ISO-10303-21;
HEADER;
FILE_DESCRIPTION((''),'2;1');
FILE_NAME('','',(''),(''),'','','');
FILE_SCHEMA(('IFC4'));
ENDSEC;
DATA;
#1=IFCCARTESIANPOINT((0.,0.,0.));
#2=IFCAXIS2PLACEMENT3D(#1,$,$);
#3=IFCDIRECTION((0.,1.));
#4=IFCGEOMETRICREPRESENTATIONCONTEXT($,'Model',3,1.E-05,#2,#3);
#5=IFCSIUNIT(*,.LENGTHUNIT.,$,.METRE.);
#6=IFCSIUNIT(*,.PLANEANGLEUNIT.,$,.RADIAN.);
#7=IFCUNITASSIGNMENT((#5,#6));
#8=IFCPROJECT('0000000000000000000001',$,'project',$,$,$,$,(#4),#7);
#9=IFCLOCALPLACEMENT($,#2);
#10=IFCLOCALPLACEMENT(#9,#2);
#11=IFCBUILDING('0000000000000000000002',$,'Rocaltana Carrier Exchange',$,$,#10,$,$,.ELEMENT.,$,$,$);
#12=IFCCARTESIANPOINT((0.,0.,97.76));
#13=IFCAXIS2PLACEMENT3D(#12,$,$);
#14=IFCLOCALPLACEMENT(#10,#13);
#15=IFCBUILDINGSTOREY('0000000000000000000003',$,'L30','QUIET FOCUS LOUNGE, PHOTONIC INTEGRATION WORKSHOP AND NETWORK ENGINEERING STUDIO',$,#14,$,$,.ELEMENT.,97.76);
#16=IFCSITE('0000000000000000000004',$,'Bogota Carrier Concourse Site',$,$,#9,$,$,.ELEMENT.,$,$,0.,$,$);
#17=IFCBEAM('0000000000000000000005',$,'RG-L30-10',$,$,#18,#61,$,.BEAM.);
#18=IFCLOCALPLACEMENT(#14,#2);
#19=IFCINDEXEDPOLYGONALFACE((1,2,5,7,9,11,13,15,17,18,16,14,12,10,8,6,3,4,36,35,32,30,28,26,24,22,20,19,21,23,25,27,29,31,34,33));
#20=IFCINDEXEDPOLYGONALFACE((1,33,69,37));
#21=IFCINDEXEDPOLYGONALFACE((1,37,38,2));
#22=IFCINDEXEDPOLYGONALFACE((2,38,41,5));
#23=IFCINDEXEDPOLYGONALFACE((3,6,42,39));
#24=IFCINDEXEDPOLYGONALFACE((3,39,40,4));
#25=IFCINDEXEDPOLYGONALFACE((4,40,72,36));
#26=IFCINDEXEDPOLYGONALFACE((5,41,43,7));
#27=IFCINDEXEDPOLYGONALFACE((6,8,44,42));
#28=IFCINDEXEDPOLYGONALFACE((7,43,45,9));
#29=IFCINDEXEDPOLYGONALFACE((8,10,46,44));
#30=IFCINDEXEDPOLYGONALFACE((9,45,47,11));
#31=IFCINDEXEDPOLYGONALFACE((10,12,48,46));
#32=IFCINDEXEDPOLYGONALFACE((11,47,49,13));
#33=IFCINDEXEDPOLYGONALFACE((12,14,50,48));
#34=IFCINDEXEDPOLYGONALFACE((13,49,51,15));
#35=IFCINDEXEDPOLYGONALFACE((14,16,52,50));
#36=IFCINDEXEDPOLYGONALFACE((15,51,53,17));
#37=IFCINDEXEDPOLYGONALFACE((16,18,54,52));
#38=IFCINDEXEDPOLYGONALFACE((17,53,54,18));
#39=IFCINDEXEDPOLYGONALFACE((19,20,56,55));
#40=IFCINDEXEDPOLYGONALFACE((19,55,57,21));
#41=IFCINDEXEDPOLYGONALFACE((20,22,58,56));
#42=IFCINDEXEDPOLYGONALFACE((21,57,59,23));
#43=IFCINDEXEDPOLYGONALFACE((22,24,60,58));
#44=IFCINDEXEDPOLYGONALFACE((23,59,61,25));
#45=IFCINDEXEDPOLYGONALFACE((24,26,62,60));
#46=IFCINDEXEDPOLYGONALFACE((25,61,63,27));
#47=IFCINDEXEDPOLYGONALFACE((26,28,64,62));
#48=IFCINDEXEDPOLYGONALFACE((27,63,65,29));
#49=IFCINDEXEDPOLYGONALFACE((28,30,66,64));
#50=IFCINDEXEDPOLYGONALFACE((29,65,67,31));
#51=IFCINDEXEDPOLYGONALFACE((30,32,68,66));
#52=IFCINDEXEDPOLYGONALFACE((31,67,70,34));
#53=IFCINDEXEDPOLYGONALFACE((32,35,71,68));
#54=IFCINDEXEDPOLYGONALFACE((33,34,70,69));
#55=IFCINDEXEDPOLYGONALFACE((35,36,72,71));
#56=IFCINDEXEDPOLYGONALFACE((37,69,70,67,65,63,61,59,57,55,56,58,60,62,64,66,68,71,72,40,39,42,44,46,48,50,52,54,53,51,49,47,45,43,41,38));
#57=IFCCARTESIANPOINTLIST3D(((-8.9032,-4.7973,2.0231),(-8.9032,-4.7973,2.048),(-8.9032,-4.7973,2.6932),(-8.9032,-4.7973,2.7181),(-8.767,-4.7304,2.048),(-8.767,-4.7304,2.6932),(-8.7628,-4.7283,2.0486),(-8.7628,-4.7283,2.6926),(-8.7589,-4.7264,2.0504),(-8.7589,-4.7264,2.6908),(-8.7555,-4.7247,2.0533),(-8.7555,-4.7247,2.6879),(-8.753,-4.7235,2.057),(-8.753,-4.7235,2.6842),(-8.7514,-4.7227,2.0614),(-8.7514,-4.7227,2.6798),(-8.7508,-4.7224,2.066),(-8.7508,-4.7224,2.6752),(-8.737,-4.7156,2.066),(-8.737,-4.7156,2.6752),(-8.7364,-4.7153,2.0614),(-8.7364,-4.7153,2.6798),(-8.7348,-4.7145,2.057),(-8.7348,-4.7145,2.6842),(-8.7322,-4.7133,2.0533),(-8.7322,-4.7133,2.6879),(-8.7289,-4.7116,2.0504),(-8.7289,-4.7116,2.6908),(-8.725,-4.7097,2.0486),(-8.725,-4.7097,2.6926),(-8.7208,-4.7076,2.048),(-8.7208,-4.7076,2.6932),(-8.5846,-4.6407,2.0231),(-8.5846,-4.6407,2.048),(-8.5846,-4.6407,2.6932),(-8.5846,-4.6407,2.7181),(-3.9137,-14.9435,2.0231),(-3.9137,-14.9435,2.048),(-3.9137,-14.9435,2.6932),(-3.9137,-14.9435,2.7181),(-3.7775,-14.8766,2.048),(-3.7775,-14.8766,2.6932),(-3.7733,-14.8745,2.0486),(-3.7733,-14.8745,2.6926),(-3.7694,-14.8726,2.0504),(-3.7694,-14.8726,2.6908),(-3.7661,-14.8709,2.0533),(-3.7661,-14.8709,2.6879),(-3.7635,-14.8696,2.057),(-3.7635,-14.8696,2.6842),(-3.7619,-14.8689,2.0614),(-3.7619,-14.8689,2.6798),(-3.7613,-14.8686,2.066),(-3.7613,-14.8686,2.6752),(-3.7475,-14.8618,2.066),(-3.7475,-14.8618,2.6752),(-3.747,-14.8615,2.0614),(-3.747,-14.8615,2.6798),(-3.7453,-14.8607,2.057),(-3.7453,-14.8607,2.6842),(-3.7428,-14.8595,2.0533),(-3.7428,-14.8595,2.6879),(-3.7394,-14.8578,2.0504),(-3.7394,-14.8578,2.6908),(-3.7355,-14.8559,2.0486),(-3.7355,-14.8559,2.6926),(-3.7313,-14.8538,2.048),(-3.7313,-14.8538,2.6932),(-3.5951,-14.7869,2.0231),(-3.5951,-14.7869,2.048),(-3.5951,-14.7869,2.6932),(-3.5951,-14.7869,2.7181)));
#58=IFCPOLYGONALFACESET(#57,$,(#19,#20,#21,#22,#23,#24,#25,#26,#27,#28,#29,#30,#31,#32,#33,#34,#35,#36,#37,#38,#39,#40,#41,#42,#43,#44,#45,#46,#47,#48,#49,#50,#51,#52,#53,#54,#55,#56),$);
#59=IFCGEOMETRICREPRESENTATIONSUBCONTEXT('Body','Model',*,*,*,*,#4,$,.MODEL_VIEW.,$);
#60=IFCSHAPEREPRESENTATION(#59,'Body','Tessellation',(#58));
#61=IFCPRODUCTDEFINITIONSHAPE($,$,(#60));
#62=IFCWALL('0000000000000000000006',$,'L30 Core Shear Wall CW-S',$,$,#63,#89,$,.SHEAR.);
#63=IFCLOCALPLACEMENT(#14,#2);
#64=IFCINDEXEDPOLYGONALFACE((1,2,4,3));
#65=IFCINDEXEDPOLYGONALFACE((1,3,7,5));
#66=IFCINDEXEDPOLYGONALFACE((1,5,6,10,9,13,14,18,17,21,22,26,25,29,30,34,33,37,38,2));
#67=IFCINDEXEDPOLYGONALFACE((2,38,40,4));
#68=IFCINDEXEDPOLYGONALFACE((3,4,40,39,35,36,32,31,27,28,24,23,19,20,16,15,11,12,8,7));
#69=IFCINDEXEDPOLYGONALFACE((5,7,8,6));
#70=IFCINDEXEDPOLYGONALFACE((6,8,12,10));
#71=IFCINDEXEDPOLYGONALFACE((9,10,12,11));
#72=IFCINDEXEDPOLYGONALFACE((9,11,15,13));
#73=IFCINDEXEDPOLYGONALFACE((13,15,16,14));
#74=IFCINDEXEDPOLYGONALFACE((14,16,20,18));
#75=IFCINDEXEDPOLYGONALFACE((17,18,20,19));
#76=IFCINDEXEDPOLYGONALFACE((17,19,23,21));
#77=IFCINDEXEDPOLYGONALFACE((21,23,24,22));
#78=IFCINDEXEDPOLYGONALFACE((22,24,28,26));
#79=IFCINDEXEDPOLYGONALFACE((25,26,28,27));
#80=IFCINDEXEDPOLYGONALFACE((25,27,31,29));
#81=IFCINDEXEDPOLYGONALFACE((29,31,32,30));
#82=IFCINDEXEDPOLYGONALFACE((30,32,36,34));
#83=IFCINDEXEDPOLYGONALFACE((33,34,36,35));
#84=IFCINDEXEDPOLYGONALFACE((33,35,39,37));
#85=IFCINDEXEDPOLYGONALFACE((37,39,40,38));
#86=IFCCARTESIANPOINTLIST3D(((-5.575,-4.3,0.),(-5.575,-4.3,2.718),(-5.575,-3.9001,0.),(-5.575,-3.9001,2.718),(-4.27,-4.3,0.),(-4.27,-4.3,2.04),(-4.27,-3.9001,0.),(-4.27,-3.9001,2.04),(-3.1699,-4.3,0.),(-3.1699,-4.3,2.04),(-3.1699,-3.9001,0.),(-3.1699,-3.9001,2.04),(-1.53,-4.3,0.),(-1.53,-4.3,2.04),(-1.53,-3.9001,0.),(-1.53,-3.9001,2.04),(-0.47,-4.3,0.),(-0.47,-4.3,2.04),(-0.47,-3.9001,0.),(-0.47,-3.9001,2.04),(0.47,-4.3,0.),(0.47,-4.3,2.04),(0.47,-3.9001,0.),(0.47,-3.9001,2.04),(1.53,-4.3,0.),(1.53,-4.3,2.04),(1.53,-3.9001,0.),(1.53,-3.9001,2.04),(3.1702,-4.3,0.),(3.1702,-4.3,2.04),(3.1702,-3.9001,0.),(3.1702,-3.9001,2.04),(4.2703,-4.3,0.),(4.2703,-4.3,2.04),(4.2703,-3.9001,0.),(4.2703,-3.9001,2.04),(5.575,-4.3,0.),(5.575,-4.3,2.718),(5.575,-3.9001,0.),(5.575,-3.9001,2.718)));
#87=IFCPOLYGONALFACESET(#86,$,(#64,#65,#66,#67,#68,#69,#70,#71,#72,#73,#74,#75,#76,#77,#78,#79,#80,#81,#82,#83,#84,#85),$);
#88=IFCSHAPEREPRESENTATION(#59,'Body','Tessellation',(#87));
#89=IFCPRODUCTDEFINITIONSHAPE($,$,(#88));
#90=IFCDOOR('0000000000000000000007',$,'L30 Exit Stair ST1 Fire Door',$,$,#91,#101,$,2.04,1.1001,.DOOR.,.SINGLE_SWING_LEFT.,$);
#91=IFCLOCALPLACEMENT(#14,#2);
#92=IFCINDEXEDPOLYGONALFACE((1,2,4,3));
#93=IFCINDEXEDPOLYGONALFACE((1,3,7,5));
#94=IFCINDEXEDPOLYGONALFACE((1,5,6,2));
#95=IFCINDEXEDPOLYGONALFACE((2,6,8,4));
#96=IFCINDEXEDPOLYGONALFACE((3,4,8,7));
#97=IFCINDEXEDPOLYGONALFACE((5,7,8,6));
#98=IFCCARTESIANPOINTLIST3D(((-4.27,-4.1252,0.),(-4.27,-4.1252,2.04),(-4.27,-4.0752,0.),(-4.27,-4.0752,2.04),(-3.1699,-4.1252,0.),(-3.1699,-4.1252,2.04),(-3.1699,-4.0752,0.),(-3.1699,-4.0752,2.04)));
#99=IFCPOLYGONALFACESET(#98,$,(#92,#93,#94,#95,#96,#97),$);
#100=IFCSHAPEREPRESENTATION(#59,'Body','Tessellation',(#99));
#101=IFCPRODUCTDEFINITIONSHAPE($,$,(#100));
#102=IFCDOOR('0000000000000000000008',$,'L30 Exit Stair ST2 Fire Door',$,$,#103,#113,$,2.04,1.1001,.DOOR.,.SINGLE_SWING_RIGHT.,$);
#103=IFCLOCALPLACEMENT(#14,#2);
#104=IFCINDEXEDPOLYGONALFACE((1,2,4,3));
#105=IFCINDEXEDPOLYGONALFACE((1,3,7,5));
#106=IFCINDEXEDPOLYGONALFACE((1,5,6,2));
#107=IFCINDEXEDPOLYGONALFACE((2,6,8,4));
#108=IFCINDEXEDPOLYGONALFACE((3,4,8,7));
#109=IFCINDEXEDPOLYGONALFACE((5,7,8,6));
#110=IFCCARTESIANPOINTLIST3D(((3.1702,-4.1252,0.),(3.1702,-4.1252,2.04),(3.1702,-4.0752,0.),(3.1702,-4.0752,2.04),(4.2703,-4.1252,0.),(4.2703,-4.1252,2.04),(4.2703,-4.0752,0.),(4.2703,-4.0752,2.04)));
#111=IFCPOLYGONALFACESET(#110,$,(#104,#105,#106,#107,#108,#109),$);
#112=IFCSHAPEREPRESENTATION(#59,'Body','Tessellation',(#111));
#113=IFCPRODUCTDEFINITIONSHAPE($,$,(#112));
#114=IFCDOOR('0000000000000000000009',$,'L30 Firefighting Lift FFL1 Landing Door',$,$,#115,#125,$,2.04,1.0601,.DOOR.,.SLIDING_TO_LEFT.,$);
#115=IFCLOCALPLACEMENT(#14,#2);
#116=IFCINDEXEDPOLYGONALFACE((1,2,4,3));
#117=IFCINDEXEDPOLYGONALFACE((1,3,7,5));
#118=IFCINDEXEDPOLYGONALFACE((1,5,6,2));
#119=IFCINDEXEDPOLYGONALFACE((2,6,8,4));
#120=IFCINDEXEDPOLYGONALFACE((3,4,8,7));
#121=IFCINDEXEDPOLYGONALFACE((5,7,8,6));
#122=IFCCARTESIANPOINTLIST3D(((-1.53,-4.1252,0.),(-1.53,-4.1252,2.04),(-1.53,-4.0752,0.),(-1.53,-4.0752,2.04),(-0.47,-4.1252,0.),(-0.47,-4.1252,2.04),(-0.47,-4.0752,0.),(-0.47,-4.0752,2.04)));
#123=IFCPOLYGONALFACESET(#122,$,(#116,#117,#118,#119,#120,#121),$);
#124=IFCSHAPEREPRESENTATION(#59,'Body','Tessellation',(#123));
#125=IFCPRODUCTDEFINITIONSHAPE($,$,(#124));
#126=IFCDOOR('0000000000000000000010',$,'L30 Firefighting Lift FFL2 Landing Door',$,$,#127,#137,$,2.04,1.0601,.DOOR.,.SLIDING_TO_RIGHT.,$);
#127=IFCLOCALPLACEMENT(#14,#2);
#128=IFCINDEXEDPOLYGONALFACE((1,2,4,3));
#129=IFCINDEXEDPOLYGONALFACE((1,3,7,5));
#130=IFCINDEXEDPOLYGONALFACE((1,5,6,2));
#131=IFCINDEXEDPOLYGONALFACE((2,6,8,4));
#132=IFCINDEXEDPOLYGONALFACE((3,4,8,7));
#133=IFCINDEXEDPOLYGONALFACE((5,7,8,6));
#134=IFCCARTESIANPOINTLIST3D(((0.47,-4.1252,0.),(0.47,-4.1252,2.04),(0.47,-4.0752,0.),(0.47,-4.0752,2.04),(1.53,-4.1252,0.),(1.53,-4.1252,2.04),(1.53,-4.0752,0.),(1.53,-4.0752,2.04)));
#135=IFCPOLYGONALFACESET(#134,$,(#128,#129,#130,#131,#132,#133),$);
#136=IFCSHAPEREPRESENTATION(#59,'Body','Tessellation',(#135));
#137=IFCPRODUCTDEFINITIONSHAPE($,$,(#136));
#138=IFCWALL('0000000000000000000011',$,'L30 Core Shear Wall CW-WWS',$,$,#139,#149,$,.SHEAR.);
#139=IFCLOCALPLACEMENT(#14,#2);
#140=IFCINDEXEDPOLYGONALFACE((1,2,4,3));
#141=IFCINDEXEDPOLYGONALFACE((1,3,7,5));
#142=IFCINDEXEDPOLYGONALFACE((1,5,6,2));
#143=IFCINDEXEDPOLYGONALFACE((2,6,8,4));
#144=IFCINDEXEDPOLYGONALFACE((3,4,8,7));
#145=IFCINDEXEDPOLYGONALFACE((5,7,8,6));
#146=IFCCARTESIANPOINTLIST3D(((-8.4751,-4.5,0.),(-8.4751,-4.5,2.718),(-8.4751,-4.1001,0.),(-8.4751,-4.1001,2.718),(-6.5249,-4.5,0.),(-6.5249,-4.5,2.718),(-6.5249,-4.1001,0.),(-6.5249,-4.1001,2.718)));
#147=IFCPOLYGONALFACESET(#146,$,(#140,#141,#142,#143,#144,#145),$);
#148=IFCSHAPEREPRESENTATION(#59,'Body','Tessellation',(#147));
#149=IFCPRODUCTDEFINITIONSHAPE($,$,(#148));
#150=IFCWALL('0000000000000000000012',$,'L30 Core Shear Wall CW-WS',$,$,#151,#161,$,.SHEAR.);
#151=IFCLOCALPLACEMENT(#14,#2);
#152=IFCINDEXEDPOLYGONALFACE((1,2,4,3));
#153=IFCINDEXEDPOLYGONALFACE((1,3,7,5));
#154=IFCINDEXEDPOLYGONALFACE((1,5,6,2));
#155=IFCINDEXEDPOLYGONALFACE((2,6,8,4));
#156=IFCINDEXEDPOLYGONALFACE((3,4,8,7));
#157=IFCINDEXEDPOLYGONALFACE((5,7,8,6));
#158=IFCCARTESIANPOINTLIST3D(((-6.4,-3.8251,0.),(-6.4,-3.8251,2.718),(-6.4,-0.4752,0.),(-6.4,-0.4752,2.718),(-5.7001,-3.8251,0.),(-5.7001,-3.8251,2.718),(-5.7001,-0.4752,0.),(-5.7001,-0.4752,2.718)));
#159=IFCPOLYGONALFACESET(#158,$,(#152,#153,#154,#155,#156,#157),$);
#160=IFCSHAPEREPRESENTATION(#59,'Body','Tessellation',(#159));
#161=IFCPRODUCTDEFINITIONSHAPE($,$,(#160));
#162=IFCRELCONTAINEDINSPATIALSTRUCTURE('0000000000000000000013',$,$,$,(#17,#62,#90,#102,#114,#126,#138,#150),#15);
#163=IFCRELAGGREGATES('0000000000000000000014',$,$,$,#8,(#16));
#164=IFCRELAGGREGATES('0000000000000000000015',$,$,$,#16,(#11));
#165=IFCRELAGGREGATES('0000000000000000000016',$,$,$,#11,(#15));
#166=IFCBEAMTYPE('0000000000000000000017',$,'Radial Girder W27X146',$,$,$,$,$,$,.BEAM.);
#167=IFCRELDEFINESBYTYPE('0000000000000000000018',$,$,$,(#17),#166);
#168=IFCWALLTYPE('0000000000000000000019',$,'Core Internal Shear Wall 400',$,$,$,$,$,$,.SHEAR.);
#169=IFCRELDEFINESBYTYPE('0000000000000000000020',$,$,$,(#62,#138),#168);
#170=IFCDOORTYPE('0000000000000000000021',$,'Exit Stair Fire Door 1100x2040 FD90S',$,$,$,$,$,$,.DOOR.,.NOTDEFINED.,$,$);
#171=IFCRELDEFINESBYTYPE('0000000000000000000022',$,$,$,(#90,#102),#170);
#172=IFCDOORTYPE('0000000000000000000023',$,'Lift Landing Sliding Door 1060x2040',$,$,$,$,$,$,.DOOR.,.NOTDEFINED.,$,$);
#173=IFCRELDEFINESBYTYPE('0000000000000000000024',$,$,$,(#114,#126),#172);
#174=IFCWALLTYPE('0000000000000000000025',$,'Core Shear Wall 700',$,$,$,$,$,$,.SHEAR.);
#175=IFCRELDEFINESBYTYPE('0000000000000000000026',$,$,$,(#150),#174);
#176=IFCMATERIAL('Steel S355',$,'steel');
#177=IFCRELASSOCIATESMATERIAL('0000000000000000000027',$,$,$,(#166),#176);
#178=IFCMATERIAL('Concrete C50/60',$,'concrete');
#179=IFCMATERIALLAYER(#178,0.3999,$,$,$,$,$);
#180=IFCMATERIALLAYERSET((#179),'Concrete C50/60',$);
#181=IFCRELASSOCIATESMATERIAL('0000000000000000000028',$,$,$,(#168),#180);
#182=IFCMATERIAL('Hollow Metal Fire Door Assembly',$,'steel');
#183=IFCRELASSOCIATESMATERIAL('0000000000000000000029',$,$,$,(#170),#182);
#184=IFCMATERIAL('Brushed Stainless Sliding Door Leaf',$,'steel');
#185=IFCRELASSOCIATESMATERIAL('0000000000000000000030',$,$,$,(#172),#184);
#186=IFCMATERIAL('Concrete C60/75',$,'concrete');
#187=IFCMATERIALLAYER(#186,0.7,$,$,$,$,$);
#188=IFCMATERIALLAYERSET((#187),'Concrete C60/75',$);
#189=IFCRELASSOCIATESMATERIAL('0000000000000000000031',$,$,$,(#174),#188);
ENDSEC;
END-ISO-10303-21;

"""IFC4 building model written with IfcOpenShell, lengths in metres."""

from ifc_helpers import new_model, si_unit, direction, frame, frame_2d, origin, origin_2d, place, context, subcontext, project, spatial, rectangle, i_section, extrude, material, layer, layer_set, material_profile, profile_set, type_object, element, fill, save


model = new_model("IFC4")

# Units and contexts
model_context = context("Model", 3, precision=1e-05, world=origin(), true_north=direction((0.0, 1.0)))
body_context = subcontext(model_context, "Body", "Model", "MODEL_VIEW")
ifc_project = project(units=[si_unit("LENGTHUNIT", "METRE"), si_unit("PLANEANGLEUNIT", "RADIAN")], contexts=[model_context])

# Site, building, storey
site_placement = place(None, origin())
site = spatial("IfcSite", under=ifc_project, at=site_placement, Name="Bogota Carrier Concourse Site", CompositionType="ELEMENT", RefElevation=0.0)
building_placement = place(site_placement, origin())
building = spatial("IfcBuilding", under=site, at=building_placement, Name="Rocaltana Carrier Exchange", CompositionType="ELEMENT")
storey_placement = place(building_placement, frame((0.0, 0.0, 97.76)))
storey = spatial("IfcBuildingStorey", under=building, at=storey_placement, Name="L30", Description="QUIET FOCUS LOUNGE, PHOTONIC INTEGRATION WORKSHOP AND NETWORK ENGINEERING STUDIO", CompositionType="ELEMENT", Elevation=97.76)

# Beam
ifc_material_1 = material(Name="Steel S355", Category="steel")
ifc_material_profile_1 = material_profile(ifc_material_1, i_section(OverallWidth=0.355, OverallDepth=0.6951, WebThickness=0.0154, FlangeThickness=0.0249, FilletRadius=0.0181, at=origin_2d()), Name="W27X146")
ifc_profile_set_1 = profile_set([ifc_material_profile_1], Name="Steel S355")
beam_type = type_object("IfcBeamType", Name="Radial Girder W27X146", PredefinedType="BEAM", material=ifc_profile_set_1)
beam_1_placement = place(storey_placement, frame((-8.7439, -4.719, 2.3706), z_axis=(0.441287, -0.897366, 0.0), x_axis=(0.897366, 0.441287, 0.0)))
element("IfcBeam", 1, at=beam_1_placement, inside=storey, type_object=beam_type, Name="RG-L30-10", PredefinedType="BEAM", context=body_context, shape_type="SweptSolid", body=[
    extrude(i_section(OverallWidth=0.355, OverallDepth=0.6951, WebThickness=0.0154, FlangeThickness=0.0249, FilletRadius=0.0181, at=origin_2d()), origin(), (0.0, 0.0, 1.0), 11.3066),
])

# Wall, openings, doors
ifc_material_2 = material(Name="Concrete C50/60", Category="concrete")
ifc_layer_1 = layer(ifc_material_2, 0.3999)
ifc_layer_set_1 = layer_set([ifc_layer_1], Name="Concrete C50/60")
wall_type_1 = type_object("IfcWallType", Name="Core Internal Shear Wall 400", PredefinedType="SHEAR", material=ifc_layer_set_1)
wall_1_placement = place(storey_placement, frame((-5.575, -4.1001, 0.0), z_axis=(0.0, 0.0, 1.0), x_axis=(1.0, 0.0, 0.0)))
wall_1 = element("IfcWall", 2, at=wall_1_placement, inside=storey, type_object=wall_type_1, Name="L30 Core Shear Wall CW-S", PredefinedType="SHEAR", context=body_context, shape_type="SweptSolid", body=[
    extrude(rectangle(XDim=11.1499, YDim=0.3999, at=frame_2d((5.575, 0.0))), origin(), (0.0, 0.0, 1.0), 2.718),
])
opening_1_placement = place(wall_1_placement, frame((1.3049, 0.0, 0.0)))
opening_1 = element("IfcOpeningElement", 3, at=opening_1_placement, cuts=wall_1, PredefinedType="OPENING", context=body_context, shape_type="SweptSolid", body=[
    extrude(rectangle(XDim=1.1001, YDim=2.04, at=frame_2d((0.55, 1.02))), frame((0.0, 0.21, 0.0), z_axis=(0.0, -1.0, 0.0), x_axis=(1.0, 0.0, 0.0)), (0.0, 0.0, 1.0), 0.4199),
])
opening_2_placement = place(wall_1_placement, frame((8.7451, 0.0, 0.0)))
opening_2 = element("IfcOpeningElement", 4, at=opening_2_placement, cuts=wall_1, PredefinedType="OPENING", context=body_context, shape_type="SweptSolid", body=[
    extrude(rectangle(XDim=1.1001, YDim=2.04, at=frame_2d((0.55, 1.02))), frame((0.0, 0.21, 0.0), z_axis=(0.0, -1.0, 0.0), x_axis=(1.0, 0.0, 0.0)), (0.0, 0.0, 1.0), 0.4199),
])
opening_3_placement = place(wall_1_placement, frame((4.0449, 0.0, 0.0)))
opening_3 = element("IfcOpeningElement", 5, at=opening_3_placement, cuts=wall_1, PredefinedType="OPENING", context=body_context, shape_type="SweptSolid", body=[
    extrude(rectangle(XDim=1.0601, YDim=2.04, at=frame_2d((0.53, 1.02))), frame((0.0, 0.21, 0.0), z_axis=(0.0, -1.0, 0.0), x_axis=(1.0, 0.0, 0.0)), (0.0, 0.0, 1.0), 0.4199),
])
opening_4_placement = place(wall_1_placement, frame((6.0449, 0.0, 0.0)))
opening_4 = element("IfcOpeningElement", 6, at=opening_4_placement, cuts=wall_1, PredefinedType="OPENING", context=body_context, shape_type="SweptSolid", body=[
    extrude(rectangle(XDim=1.0601, YDim=2.04, at=frame_2d((0.53, 1.02))), frame((0.0, 0.21, 0.0), z_axis=(0.0, -1.0, 0.0), x_axis=(1.0, 0.0, 0.0)), (0.0, 0.0, 1.0), 0.4199),
])
ifc_material_3 = material(Name="Hollow Metal Fire Door Assembly", Category="steel")
door_type_1 = type_object("IfcDoorType", Name="Exit Stair Fire Door 1100x2040 FD90S", OperationType="NOTDEFINED", PredefinedType="DOOR", material=ifc_material_3)
door_1_placement = place(opening_1_placement, origin())
door_1 = element("IfcDoor", 7, at=door_1_placement, inside=storey, type_object=door_type_1, Name="L30 Exit Stair ST1 Fire Door", OperationType="SINGLE_SWING_LEFT", OverallHeight=2.04, OverallWidth=1.1001, PredefinedType="DOOR", context=body_context, shape_type="SweptSolid", body=[
    extrude(rectangle(XDim=1.1001, YDim=2.04, at=frame_2d((0.55, 1.02))), frame((0.0, 0.0249, 0.0), z_axis=(0.0, -1.0, 0.0), x_axis=(1.0, 0.0, 0.0)), (0.0, 0.0, 1.0), 0.05),
])
fill(opening_1, door_1)
door_2_placement = place(opening_2_placement, origin())
door_2 = element("IfcDoor", 8, at=door_2_placement, inside=storey, type_object=door_type_1, Name="L30 Exit Stair ST2 Fire Door", OperationType="SINGLE_SWING_RIGHT", OverallHeight=2.04, OverallWidth=1.1001, PredefinedType="DOOR", context=body_context, shape_type="SweptSolid", body=[
    extrude(rectangle(XDim=1.1001, YDim=2.04, at=frame_2d((0.55, 1.02))), frame((0.0, 0.0249, 0.0), z_axis=(0.0, -1.0, 0.0), x_axis=(1.0, 0.0, 0.0)), (0.0, 0.0, 1.0), 0.05),
])
fill(opening_2, door_2)
ifc_material_4 = material(Name="Brushed Stainless Sliding Door Leaf", Category="steel")
door_type_2 = type_object("IfcDoorType", Name="Lift Landing Sliding Door 1060x2040", OperationType="NOTDEFINED", PredefinedType="DOOR", material=ifc_material_4)
door_3_placement = place(opening_3_placement, origin())
door_3 = element("IfcDoor", 9, at=door_3_placement, inside=storey, type_object=door_type_2, Name="L30 Firefighting Lift FFL1 Landing Door", OperationType="SLIDING_TO_LEFT", OverallHeight=2.04, OverallWidth=1.0601, PredefinedType="DOOR", context=body_context, shape_type="SweptSolid", body=[
    extrude(rectangle(XDim=1.0601, YDim=2.04, at=frame_2d((0.53, 1.02))), frame((0.0, 0.0249, 0.0), z_axis=(0.0, -1.0, 0.0), x_axis=(1.0, 0.0, 0.0)), (0.0, 0.0, 1.0), 0.05),
])
fill(opening_3, door_3)
door_4_placement = place(opening_4_placement, origin())
door_4 = element("IfcDoor", 10, at=door_4_placement, inside=storey, type_object=door_type_2, Name="L30 Firefighting Lift FFL2 Landing Door", OperationType="SLIDING_TO_RIGHT", OverallHeight=2.04, OverallWidth=1.0601, PredefinedType="DOOR", context=body_context, shape_type="SweptSolid", body=[
    extrude(rectangle(XDim=1.0601, YDim=2.04, at=frame_2d((0.53, 1.02))), frame((0.0, 0.0249, 0.0), z_axis=(0.0, -1.0, 0.0), x_axis=(1.0, 0.0, 0.0)), (0.0, 0.0, 1.0), 0.05),
])
fill(opening_4, door_4)

# Walls
wall_2_placement = place(storey_placement, frame((-8.4751, -4.3, 0.0), z_axis=(0.0, 0.0, 1.0), x_axis=(1.0, 0.0, 0.0)))
element("IfcWall", 11, at=wall_2_placement, inside=storey, type_object=wall_type_1, Name="L30 Core Shear Wall CW-WWS", PredefinedType="SHEAR", context=body_context, shape_type="SweptSolid", body=[
    extrude(rectangle(XDim=1.9502, YDim=0.3999, at=frame_2d((0.9751, 0.0))), origin(), (0.0, 0.0, 1.0), 2.718),
])
ifc_material_5 = material(Name="Concrete C60/75", Category="concrete")
ifc_layer_2 = layer(ifc_material_5, 0.7)
ifc_layer_set_2 = layer_set([ifc_layer_2], Name="Concrete C60/75")
wall_type_2 = type_object("IfcWallType", Name="Core Shear Wall 700", PredefinedType="SHEAR", material=ifc_layer_set_2)
wall_3_placement = place(storey_placement, frame((-6.05, -3.825, 0.0), z_axis=(0.0, 0.0, 1.0), x_axis=(0.0, 1.0, 0.0)))
element("IfcWall", 12, at=wall_3_placement, inside=storey, type_object=wall_type_2, Name="L30 Core Shear Wall CW-WS", PredefinedType="SHEAR", context=body_context, shape_type="SweptSolid", body=[
    extrude(rectangle(XDim=3.3499, YDim=0.7, at=frame_2d((1.6748, 0.0))), origin(), (0.0, 0.0, 1.0), 2.718),
])

save(model, "model.ifc")
